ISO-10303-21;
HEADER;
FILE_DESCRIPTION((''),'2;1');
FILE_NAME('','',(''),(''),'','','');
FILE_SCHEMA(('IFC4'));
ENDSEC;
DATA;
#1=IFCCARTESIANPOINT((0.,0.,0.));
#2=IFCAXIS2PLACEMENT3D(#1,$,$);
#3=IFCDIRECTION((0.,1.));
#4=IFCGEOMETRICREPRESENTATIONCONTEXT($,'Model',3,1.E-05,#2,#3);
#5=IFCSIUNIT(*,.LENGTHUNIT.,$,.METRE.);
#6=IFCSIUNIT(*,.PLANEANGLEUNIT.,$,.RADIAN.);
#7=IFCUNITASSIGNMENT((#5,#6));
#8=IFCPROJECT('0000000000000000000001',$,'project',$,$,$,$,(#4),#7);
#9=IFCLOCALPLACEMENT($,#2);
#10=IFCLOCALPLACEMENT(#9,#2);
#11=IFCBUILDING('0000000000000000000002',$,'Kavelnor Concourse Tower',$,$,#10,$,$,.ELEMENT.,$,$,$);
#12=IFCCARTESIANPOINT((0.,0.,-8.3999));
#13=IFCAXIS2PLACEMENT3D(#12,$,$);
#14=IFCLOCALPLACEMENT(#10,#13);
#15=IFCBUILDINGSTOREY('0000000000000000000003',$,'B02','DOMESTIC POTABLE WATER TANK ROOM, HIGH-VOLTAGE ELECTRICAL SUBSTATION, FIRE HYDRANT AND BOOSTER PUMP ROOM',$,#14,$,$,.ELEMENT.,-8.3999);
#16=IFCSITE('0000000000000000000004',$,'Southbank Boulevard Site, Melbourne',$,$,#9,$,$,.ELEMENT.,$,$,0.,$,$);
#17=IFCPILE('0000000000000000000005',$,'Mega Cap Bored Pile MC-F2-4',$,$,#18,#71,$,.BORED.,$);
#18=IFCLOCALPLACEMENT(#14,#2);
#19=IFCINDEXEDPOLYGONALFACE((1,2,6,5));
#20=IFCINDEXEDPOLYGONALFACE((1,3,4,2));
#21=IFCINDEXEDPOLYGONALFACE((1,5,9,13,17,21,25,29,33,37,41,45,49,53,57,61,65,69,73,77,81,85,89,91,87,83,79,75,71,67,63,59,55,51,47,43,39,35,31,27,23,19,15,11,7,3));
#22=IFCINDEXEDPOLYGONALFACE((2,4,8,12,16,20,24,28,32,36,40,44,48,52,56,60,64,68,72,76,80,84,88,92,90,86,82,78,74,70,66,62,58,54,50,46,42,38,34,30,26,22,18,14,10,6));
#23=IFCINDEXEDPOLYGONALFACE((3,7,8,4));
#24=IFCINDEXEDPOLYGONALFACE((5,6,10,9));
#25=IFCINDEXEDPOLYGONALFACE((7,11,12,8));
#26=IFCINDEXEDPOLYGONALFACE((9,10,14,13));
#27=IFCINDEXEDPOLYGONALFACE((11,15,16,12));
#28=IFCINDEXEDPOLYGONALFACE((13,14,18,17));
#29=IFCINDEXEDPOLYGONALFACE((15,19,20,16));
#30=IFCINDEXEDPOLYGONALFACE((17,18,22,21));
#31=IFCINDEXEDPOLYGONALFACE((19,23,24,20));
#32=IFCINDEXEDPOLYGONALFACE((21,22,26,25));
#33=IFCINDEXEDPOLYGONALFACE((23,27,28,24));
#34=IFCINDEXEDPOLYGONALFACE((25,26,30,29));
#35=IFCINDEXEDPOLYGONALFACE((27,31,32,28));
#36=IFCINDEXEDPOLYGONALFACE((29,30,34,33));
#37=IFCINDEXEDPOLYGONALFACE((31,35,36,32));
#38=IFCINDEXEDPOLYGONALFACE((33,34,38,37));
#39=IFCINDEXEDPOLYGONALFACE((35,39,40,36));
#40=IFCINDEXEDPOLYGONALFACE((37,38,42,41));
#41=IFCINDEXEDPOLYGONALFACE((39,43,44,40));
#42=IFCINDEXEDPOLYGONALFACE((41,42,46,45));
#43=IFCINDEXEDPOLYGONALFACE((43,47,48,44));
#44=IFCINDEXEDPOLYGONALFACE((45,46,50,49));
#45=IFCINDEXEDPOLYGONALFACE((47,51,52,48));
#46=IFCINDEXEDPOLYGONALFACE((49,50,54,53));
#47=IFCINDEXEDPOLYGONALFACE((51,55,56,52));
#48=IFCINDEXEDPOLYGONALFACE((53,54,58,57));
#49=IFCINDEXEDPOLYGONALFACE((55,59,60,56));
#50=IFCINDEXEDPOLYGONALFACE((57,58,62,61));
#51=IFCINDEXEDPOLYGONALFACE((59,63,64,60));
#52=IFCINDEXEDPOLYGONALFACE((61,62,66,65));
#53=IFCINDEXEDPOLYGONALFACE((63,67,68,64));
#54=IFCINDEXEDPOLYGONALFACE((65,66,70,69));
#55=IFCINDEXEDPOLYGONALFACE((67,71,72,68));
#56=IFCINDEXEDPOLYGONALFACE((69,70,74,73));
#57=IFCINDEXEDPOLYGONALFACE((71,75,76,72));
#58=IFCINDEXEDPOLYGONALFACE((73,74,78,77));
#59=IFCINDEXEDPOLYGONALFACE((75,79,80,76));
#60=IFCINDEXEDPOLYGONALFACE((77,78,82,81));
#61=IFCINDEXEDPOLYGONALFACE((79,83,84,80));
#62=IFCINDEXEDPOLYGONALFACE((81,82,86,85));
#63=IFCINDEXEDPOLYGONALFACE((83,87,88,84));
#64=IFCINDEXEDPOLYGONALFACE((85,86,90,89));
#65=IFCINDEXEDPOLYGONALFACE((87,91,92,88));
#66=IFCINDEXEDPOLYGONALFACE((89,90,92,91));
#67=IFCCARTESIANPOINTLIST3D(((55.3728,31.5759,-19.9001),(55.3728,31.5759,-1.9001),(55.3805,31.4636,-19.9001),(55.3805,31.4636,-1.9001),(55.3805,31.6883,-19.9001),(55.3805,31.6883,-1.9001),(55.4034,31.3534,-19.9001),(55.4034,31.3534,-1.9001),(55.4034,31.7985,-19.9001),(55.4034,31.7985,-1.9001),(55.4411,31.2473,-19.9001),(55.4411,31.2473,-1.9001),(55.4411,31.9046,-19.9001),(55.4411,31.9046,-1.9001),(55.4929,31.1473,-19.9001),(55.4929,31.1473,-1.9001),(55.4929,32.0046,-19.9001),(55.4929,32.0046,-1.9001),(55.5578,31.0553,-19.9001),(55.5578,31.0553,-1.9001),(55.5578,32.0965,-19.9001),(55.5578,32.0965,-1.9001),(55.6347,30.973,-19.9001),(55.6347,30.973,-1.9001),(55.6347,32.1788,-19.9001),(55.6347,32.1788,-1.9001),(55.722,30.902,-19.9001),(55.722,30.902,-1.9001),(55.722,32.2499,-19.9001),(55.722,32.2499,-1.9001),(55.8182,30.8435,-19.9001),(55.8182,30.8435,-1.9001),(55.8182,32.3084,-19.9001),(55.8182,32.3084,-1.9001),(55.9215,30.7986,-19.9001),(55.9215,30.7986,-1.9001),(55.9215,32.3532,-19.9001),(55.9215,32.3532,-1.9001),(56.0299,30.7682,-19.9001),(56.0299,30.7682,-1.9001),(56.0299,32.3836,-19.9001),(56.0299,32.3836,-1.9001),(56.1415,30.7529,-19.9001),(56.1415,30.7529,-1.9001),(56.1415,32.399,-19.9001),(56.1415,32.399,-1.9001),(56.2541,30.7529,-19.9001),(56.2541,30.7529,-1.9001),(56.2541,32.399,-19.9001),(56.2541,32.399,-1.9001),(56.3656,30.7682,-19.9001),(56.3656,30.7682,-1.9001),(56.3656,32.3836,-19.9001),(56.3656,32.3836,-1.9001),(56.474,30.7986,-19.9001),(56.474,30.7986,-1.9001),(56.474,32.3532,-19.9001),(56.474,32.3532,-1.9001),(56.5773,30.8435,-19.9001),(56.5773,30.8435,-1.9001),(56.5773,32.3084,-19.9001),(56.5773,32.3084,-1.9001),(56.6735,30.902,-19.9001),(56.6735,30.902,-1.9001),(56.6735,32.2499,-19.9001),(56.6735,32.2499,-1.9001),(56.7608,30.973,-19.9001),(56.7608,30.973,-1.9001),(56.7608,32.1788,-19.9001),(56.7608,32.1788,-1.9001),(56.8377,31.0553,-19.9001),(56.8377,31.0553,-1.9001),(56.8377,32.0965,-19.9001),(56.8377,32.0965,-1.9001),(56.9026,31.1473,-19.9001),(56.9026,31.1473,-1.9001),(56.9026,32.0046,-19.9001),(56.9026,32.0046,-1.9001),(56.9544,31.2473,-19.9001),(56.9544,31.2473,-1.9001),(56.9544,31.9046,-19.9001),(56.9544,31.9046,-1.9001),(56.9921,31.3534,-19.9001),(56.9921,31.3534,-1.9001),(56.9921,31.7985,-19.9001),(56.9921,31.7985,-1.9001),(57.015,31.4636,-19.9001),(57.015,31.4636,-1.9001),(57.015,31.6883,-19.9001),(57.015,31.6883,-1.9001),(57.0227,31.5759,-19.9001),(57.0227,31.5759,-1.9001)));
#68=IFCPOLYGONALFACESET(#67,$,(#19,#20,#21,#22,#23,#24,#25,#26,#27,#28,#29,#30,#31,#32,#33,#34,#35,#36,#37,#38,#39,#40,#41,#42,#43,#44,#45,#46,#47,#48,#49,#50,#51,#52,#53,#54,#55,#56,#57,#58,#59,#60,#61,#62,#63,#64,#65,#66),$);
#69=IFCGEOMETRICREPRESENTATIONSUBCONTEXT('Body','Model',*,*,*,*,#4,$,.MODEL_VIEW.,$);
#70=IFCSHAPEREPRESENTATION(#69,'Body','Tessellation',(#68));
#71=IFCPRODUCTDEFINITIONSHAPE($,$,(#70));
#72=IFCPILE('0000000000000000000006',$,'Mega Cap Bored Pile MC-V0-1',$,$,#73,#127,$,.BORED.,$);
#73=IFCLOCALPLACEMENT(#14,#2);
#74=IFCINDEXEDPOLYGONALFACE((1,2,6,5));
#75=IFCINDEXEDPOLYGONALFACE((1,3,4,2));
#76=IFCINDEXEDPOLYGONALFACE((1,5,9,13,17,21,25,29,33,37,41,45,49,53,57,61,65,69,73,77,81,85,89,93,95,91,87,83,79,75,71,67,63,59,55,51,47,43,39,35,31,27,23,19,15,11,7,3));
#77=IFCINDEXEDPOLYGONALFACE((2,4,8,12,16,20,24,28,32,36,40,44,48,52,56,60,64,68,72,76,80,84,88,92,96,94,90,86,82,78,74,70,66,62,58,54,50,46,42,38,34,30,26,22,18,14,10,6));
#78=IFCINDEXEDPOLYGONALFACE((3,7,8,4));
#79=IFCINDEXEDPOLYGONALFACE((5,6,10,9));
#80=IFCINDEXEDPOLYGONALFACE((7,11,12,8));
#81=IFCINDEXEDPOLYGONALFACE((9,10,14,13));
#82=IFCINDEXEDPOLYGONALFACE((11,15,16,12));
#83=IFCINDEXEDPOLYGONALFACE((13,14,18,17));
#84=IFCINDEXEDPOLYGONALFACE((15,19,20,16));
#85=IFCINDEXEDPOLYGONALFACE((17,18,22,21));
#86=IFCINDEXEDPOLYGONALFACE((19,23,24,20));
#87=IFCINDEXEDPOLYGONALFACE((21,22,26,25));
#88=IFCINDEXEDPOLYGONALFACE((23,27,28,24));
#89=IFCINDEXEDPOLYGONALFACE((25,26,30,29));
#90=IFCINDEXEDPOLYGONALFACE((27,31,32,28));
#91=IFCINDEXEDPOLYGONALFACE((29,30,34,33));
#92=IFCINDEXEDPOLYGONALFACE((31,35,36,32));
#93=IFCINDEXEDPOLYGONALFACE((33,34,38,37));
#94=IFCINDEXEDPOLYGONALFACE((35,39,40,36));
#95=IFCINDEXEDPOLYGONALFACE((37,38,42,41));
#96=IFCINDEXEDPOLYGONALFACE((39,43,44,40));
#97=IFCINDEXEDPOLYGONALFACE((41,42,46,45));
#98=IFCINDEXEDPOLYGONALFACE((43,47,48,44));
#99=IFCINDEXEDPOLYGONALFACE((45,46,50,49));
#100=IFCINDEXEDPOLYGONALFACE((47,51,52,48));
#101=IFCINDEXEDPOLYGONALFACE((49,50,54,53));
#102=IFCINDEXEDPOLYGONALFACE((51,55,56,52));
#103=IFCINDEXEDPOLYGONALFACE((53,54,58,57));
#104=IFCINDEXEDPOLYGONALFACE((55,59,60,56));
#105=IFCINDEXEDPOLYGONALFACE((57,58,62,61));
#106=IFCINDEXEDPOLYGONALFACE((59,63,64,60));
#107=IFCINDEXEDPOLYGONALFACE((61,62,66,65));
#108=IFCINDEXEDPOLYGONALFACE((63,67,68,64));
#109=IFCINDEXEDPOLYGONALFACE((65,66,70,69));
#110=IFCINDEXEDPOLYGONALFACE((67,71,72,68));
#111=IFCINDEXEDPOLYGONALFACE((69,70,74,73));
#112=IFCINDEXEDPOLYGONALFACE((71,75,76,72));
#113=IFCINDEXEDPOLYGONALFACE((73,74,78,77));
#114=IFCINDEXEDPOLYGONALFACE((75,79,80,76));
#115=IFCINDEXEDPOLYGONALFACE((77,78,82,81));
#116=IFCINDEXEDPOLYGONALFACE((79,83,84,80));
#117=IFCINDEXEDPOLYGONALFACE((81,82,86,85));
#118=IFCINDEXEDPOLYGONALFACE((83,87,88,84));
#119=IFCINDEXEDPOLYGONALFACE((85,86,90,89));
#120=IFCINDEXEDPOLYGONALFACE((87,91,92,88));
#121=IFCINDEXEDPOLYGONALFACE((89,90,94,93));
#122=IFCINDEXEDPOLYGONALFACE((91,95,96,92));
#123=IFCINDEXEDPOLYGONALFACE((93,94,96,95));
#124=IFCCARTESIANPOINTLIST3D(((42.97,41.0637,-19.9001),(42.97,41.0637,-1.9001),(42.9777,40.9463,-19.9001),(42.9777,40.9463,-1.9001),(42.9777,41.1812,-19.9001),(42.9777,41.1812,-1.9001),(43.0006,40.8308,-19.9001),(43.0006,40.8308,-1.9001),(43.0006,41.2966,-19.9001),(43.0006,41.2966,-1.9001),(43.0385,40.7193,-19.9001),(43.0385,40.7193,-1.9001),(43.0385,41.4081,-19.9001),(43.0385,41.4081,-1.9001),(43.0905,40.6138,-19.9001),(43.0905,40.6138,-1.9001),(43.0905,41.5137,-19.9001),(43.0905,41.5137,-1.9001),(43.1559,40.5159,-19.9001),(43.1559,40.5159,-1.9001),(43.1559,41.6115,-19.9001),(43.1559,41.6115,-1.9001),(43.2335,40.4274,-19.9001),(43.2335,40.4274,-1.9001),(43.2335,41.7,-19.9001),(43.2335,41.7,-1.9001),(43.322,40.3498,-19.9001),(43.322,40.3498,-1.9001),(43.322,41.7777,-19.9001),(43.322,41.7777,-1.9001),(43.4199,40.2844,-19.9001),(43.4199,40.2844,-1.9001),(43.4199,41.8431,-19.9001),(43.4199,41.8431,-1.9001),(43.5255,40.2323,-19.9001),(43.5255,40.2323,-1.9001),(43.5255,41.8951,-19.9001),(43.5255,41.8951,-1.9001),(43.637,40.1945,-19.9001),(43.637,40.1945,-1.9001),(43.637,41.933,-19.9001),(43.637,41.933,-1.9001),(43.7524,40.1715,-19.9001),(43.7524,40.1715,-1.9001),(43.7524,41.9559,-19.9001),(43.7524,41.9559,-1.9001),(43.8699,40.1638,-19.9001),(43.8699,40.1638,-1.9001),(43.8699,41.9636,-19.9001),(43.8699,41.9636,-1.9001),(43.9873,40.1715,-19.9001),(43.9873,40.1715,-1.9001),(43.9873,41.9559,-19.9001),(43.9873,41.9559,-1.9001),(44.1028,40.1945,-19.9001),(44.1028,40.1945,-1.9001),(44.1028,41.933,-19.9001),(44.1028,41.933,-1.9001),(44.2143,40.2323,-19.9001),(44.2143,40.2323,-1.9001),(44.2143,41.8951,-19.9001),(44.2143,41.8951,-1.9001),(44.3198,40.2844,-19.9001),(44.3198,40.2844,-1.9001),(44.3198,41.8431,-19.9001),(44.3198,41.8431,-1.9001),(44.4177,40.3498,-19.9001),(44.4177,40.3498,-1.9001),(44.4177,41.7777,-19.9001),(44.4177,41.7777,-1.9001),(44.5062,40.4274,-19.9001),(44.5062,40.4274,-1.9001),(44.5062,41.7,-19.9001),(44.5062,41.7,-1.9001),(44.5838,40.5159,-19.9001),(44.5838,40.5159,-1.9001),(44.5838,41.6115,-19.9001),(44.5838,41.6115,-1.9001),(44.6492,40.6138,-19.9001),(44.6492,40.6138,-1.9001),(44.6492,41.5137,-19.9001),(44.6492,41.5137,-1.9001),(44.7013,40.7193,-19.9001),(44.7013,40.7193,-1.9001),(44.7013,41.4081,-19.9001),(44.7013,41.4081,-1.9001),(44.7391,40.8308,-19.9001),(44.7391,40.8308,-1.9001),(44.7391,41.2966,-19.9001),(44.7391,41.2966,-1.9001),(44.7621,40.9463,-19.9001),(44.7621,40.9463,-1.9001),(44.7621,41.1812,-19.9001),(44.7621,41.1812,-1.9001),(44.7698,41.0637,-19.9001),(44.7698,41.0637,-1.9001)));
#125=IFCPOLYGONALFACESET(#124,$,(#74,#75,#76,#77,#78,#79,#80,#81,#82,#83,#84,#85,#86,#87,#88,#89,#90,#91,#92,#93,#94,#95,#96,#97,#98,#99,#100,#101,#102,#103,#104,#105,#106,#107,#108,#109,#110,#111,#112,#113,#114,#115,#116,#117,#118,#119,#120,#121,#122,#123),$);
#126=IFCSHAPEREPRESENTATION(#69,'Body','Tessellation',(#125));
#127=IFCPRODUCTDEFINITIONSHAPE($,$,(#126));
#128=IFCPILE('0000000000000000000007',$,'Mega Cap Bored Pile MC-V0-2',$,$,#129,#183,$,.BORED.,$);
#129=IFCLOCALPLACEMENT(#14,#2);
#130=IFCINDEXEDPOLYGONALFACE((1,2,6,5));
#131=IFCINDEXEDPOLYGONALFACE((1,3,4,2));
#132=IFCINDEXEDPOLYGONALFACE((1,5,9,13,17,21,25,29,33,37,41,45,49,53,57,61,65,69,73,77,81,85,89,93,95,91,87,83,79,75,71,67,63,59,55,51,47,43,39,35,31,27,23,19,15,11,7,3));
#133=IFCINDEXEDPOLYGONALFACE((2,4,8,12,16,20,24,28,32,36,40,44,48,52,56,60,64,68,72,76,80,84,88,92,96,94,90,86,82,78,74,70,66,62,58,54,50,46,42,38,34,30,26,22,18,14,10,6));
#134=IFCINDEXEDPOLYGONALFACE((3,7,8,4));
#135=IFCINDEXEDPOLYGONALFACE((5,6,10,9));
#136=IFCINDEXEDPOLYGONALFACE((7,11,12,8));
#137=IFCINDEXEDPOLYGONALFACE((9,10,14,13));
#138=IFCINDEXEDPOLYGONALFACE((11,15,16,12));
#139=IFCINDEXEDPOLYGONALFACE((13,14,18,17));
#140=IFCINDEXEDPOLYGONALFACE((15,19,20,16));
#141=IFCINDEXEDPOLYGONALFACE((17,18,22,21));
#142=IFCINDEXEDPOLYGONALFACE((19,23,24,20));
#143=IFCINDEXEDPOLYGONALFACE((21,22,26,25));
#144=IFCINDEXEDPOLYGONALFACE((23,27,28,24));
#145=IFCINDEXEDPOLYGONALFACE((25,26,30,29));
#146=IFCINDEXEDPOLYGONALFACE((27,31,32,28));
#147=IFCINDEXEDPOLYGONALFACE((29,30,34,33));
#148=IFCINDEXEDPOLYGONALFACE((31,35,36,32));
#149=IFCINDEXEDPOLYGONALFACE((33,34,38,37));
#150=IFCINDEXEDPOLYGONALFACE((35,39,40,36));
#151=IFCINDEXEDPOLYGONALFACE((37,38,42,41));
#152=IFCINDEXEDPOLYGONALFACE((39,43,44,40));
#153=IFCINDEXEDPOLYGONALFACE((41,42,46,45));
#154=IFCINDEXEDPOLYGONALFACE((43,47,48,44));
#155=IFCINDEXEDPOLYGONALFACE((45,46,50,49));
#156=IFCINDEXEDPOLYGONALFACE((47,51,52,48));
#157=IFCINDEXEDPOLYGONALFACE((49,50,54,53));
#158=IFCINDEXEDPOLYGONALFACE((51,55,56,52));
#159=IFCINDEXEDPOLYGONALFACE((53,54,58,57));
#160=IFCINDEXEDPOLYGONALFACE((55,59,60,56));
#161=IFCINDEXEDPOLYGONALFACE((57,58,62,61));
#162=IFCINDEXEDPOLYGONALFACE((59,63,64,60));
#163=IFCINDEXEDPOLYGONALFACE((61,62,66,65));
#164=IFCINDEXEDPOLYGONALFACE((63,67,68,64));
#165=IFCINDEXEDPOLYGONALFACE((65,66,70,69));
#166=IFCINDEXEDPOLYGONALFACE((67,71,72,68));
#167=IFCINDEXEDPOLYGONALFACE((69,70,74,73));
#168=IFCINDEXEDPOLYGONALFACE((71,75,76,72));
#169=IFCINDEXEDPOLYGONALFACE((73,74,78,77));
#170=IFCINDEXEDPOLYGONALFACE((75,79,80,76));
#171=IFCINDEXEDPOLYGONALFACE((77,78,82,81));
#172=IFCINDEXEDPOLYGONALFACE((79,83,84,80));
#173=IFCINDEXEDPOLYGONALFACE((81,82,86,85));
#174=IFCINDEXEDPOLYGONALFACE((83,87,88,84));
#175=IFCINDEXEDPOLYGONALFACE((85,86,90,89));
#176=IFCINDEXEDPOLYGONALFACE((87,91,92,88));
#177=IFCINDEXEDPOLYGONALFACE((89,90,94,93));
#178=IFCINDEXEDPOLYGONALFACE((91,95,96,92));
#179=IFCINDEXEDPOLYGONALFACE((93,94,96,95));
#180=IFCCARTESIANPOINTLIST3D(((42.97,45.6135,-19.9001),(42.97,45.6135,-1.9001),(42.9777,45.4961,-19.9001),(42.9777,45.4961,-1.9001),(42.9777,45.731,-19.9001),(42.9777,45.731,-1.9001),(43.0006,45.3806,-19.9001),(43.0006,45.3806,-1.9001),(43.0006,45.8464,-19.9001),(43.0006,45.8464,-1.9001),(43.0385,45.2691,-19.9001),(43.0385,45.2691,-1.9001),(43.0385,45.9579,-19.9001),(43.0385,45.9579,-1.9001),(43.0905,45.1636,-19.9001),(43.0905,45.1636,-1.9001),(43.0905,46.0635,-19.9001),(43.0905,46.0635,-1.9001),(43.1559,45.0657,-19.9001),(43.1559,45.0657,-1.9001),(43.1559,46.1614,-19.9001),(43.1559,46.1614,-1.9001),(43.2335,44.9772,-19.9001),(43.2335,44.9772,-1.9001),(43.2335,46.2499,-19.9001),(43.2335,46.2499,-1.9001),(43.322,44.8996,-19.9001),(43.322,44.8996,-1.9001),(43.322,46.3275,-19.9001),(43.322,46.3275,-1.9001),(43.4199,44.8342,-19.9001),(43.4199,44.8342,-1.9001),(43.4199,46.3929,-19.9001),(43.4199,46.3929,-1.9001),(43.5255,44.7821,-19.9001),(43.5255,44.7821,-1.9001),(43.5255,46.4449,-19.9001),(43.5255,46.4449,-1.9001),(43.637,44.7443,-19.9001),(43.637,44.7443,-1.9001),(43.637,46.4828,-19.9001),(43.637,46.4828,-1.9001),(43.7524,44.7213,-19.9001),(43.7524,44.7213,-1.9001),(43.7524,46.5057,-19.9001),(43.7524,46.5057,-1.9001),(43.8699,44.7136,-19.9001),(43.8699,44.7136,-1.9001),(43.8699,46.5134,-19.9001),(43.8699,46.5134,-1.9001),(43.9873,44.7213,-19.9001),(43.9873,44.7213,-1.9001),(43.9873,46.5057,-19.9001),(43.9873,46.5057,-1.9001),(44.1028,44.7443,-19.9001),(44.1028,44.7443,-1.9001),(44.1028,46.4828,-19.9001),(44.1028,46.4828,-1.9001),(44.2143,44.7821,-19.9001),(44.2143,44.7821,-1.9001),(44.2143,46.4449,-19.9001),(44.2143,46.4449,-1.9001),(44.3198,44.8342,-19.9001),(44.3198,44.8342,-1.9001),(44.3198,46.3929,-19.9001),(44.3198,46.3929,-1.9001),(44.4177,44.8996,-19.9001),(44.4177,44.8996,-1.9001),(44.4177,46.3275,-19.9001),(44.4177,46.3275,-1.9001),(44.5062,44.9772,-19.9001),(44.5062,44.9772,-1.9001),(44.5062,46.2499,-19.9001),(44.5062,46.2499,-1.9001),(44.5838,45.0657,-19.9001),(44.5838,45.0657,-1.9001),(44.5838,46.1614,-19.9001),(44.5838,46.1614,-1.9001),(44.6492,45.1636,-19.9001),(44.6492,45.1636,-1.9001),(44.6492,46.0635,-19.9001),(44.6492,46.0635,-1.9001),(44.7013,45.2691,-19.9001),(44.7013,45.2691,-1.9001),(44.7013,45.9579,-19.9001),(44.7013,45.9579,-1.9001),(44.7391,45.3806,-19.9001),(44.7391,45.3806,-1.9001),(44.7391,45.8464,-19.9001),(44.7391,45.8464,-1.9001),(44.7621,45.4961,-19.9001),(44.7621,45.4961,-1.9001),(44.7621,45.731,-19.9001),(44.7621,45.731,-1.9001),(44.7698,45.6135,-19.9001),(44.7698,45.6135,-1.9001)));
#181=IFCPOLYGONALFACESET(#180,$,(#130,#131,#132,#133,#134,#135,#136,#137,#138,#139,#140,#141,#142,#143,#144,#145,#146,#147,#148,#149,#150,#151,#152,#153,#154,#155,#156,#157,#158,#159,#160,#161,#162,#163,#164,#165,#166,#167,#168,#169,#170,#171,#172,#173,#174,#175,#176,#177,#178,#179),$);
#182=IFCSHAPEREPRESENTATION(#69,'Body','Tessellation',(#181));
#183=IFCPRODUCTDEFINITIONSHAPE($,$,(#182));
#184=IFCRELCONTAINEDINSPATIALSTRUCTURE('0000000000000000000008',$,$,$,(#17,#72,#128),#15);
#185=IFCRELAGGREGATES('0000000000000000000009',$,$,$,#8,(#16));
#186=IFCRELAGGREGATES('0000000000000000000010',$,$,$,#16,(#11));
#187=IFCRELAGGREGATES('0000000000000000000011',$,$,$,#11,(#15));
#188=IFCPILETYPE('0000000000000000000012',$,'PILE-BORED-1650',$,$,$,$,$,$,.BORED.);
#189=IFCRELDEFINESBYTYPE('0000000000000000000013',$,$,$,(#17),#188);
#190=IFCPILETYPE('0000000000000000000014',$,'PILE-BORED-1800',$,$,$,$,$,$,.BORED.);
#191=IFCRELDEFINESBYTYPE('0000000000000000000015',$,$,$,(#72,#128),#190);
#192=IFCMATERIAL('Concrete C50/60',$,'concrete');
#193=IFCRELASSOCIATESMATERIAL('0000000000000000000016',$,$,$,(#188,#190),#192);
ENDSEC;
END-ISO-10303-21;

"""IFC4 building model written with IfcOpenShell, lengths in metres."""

from ifc_helpers import new_model, si_unit, direction, frame, origin, origin_2d, place, context, subcontext, project, spatial, circle, extrude, material, material_profile, profile_set, type_object, element, save


model = new_model("IFC4")

# Units and contexts
model_context = context("Model", 3, precision=1e-05, world=origin(), true_north=direction((0.0, 1.0)))
body_context = subcontext(model_context, "Body", "Model", "MODEL_VIEW")
ifc_project = project(units=[si_unit("LENGTHUNIT", "METRE"), si_unit("PLANEANGLEUNIT", "RADIAN")], contexts=[model_context])

# Site, building, storey
site_placement = place(None, origin())
site = spatial("IfcSite", under=ifc_project, at=site_placement, Name="Southbank Boulevard Site, Melbourne", CompositionType="ELEMENT", RefElevation=0.0)
building_placement = place(site_placement, origin())
building = spatial("IfcBuilding", under=site, at=building_placement, Name="Kavelnor Concourse Tower", CompositionType="ELEMENT")
storey_placement = place(building_placement, frame((0.0, 0.0, -8.3999)))
storey = spatial("IfcBuildingStorey", under=building, at=storey_placement, Name="B02", Description="DOMESTIC POTABLE WATER TANK ROOM, HIGH-VOLTAGE ELECTRICAL SUBSTATION, FIRE HYDRANT AND BOOSTER PUMP ROOM", CompositionType="ELEMENT", Elevation=-8.3999)

# Shared definitions
ifc_material_1 = material(Name="Concrete C50/60", Category="concrete")

# Piles
ifc_material_profile_1 = material_profile(ifc_material_1, circle(Radius=0.825, at=origin_2d()), Name="PILE-D1650")
ifc_profile_set_1 = profile_set([ifc_material_profile_1], Name="Concrete C50/60")
pile_type_1 = type_object("IfcPileType", Name="PILE-BORED-1650", PredefinedType="BORED", material=ifc_profile_set_1)
for number, where, z_axis, x_axis, name in (
    (1, (56.1978, 31.5759, -1.9001), (0.0, 0.0, -1.0), (1.0, 0.0, 0.0), "Mega Cap Bored Pile MC-F2-4"),
):
    element("IfcPile", number, at=place(storey_placement, frame(where, z_axis=z_axis, x_axis=x_axis)), inside=storey, type_object=pile_type_1, Name=name, PredefinedType="BORED", context=body_context, shape_type="SweptSolid", body=[
        extrude(circle(Radius=0.825, at=origin_2d()), origin(), (0.0, 0.0, 1.0), 18.0),
    ])
ifc_material_profile_2 = material_profile(ifc_material_1, circle(Radius=0.8999, at=origin_2d()), Name="PILE-D1800")
ifc_profile_set_2 = profile_set([ifc_material_profile_2], Name="Concrete C50/60")
pile_type_2 = type_object("IfcPileType", Name="PILE-BORED-1800", PredefinedType="BORED", material=ifc_profile_set_2)
for number, where, z_axis, x_axis, name in (
    (2, (43.8699, 41.0637, -1.9001), (0.0, 0.0, -1.0), (1.0, 0.0, 0.0), "Mega Cap Bored Pile MC-V0-1"),
    (3, (43.8699, 45.6135, -1.9001), (0.0, 0.0, -1.0), (1.0, 0.0, 0.0), "Mega Cap Bored Pile MC-V0-2"),
):
    element("IfcPile", number, at=place(storey_placement, frame(where, z_axis=z_axis, x_axis=x_axis)), inside=storey, type_object=pile_type_2, Name=name, PredefinedType="BORED", context=body_context, shape_type="SweptSolid", body=[
        extrude(circle(Radius=0.8999, at=origin_2d()), origin(), (0.0, 0.0, 1.0), 18.0),
    ])

save(model, "model.ifc")
